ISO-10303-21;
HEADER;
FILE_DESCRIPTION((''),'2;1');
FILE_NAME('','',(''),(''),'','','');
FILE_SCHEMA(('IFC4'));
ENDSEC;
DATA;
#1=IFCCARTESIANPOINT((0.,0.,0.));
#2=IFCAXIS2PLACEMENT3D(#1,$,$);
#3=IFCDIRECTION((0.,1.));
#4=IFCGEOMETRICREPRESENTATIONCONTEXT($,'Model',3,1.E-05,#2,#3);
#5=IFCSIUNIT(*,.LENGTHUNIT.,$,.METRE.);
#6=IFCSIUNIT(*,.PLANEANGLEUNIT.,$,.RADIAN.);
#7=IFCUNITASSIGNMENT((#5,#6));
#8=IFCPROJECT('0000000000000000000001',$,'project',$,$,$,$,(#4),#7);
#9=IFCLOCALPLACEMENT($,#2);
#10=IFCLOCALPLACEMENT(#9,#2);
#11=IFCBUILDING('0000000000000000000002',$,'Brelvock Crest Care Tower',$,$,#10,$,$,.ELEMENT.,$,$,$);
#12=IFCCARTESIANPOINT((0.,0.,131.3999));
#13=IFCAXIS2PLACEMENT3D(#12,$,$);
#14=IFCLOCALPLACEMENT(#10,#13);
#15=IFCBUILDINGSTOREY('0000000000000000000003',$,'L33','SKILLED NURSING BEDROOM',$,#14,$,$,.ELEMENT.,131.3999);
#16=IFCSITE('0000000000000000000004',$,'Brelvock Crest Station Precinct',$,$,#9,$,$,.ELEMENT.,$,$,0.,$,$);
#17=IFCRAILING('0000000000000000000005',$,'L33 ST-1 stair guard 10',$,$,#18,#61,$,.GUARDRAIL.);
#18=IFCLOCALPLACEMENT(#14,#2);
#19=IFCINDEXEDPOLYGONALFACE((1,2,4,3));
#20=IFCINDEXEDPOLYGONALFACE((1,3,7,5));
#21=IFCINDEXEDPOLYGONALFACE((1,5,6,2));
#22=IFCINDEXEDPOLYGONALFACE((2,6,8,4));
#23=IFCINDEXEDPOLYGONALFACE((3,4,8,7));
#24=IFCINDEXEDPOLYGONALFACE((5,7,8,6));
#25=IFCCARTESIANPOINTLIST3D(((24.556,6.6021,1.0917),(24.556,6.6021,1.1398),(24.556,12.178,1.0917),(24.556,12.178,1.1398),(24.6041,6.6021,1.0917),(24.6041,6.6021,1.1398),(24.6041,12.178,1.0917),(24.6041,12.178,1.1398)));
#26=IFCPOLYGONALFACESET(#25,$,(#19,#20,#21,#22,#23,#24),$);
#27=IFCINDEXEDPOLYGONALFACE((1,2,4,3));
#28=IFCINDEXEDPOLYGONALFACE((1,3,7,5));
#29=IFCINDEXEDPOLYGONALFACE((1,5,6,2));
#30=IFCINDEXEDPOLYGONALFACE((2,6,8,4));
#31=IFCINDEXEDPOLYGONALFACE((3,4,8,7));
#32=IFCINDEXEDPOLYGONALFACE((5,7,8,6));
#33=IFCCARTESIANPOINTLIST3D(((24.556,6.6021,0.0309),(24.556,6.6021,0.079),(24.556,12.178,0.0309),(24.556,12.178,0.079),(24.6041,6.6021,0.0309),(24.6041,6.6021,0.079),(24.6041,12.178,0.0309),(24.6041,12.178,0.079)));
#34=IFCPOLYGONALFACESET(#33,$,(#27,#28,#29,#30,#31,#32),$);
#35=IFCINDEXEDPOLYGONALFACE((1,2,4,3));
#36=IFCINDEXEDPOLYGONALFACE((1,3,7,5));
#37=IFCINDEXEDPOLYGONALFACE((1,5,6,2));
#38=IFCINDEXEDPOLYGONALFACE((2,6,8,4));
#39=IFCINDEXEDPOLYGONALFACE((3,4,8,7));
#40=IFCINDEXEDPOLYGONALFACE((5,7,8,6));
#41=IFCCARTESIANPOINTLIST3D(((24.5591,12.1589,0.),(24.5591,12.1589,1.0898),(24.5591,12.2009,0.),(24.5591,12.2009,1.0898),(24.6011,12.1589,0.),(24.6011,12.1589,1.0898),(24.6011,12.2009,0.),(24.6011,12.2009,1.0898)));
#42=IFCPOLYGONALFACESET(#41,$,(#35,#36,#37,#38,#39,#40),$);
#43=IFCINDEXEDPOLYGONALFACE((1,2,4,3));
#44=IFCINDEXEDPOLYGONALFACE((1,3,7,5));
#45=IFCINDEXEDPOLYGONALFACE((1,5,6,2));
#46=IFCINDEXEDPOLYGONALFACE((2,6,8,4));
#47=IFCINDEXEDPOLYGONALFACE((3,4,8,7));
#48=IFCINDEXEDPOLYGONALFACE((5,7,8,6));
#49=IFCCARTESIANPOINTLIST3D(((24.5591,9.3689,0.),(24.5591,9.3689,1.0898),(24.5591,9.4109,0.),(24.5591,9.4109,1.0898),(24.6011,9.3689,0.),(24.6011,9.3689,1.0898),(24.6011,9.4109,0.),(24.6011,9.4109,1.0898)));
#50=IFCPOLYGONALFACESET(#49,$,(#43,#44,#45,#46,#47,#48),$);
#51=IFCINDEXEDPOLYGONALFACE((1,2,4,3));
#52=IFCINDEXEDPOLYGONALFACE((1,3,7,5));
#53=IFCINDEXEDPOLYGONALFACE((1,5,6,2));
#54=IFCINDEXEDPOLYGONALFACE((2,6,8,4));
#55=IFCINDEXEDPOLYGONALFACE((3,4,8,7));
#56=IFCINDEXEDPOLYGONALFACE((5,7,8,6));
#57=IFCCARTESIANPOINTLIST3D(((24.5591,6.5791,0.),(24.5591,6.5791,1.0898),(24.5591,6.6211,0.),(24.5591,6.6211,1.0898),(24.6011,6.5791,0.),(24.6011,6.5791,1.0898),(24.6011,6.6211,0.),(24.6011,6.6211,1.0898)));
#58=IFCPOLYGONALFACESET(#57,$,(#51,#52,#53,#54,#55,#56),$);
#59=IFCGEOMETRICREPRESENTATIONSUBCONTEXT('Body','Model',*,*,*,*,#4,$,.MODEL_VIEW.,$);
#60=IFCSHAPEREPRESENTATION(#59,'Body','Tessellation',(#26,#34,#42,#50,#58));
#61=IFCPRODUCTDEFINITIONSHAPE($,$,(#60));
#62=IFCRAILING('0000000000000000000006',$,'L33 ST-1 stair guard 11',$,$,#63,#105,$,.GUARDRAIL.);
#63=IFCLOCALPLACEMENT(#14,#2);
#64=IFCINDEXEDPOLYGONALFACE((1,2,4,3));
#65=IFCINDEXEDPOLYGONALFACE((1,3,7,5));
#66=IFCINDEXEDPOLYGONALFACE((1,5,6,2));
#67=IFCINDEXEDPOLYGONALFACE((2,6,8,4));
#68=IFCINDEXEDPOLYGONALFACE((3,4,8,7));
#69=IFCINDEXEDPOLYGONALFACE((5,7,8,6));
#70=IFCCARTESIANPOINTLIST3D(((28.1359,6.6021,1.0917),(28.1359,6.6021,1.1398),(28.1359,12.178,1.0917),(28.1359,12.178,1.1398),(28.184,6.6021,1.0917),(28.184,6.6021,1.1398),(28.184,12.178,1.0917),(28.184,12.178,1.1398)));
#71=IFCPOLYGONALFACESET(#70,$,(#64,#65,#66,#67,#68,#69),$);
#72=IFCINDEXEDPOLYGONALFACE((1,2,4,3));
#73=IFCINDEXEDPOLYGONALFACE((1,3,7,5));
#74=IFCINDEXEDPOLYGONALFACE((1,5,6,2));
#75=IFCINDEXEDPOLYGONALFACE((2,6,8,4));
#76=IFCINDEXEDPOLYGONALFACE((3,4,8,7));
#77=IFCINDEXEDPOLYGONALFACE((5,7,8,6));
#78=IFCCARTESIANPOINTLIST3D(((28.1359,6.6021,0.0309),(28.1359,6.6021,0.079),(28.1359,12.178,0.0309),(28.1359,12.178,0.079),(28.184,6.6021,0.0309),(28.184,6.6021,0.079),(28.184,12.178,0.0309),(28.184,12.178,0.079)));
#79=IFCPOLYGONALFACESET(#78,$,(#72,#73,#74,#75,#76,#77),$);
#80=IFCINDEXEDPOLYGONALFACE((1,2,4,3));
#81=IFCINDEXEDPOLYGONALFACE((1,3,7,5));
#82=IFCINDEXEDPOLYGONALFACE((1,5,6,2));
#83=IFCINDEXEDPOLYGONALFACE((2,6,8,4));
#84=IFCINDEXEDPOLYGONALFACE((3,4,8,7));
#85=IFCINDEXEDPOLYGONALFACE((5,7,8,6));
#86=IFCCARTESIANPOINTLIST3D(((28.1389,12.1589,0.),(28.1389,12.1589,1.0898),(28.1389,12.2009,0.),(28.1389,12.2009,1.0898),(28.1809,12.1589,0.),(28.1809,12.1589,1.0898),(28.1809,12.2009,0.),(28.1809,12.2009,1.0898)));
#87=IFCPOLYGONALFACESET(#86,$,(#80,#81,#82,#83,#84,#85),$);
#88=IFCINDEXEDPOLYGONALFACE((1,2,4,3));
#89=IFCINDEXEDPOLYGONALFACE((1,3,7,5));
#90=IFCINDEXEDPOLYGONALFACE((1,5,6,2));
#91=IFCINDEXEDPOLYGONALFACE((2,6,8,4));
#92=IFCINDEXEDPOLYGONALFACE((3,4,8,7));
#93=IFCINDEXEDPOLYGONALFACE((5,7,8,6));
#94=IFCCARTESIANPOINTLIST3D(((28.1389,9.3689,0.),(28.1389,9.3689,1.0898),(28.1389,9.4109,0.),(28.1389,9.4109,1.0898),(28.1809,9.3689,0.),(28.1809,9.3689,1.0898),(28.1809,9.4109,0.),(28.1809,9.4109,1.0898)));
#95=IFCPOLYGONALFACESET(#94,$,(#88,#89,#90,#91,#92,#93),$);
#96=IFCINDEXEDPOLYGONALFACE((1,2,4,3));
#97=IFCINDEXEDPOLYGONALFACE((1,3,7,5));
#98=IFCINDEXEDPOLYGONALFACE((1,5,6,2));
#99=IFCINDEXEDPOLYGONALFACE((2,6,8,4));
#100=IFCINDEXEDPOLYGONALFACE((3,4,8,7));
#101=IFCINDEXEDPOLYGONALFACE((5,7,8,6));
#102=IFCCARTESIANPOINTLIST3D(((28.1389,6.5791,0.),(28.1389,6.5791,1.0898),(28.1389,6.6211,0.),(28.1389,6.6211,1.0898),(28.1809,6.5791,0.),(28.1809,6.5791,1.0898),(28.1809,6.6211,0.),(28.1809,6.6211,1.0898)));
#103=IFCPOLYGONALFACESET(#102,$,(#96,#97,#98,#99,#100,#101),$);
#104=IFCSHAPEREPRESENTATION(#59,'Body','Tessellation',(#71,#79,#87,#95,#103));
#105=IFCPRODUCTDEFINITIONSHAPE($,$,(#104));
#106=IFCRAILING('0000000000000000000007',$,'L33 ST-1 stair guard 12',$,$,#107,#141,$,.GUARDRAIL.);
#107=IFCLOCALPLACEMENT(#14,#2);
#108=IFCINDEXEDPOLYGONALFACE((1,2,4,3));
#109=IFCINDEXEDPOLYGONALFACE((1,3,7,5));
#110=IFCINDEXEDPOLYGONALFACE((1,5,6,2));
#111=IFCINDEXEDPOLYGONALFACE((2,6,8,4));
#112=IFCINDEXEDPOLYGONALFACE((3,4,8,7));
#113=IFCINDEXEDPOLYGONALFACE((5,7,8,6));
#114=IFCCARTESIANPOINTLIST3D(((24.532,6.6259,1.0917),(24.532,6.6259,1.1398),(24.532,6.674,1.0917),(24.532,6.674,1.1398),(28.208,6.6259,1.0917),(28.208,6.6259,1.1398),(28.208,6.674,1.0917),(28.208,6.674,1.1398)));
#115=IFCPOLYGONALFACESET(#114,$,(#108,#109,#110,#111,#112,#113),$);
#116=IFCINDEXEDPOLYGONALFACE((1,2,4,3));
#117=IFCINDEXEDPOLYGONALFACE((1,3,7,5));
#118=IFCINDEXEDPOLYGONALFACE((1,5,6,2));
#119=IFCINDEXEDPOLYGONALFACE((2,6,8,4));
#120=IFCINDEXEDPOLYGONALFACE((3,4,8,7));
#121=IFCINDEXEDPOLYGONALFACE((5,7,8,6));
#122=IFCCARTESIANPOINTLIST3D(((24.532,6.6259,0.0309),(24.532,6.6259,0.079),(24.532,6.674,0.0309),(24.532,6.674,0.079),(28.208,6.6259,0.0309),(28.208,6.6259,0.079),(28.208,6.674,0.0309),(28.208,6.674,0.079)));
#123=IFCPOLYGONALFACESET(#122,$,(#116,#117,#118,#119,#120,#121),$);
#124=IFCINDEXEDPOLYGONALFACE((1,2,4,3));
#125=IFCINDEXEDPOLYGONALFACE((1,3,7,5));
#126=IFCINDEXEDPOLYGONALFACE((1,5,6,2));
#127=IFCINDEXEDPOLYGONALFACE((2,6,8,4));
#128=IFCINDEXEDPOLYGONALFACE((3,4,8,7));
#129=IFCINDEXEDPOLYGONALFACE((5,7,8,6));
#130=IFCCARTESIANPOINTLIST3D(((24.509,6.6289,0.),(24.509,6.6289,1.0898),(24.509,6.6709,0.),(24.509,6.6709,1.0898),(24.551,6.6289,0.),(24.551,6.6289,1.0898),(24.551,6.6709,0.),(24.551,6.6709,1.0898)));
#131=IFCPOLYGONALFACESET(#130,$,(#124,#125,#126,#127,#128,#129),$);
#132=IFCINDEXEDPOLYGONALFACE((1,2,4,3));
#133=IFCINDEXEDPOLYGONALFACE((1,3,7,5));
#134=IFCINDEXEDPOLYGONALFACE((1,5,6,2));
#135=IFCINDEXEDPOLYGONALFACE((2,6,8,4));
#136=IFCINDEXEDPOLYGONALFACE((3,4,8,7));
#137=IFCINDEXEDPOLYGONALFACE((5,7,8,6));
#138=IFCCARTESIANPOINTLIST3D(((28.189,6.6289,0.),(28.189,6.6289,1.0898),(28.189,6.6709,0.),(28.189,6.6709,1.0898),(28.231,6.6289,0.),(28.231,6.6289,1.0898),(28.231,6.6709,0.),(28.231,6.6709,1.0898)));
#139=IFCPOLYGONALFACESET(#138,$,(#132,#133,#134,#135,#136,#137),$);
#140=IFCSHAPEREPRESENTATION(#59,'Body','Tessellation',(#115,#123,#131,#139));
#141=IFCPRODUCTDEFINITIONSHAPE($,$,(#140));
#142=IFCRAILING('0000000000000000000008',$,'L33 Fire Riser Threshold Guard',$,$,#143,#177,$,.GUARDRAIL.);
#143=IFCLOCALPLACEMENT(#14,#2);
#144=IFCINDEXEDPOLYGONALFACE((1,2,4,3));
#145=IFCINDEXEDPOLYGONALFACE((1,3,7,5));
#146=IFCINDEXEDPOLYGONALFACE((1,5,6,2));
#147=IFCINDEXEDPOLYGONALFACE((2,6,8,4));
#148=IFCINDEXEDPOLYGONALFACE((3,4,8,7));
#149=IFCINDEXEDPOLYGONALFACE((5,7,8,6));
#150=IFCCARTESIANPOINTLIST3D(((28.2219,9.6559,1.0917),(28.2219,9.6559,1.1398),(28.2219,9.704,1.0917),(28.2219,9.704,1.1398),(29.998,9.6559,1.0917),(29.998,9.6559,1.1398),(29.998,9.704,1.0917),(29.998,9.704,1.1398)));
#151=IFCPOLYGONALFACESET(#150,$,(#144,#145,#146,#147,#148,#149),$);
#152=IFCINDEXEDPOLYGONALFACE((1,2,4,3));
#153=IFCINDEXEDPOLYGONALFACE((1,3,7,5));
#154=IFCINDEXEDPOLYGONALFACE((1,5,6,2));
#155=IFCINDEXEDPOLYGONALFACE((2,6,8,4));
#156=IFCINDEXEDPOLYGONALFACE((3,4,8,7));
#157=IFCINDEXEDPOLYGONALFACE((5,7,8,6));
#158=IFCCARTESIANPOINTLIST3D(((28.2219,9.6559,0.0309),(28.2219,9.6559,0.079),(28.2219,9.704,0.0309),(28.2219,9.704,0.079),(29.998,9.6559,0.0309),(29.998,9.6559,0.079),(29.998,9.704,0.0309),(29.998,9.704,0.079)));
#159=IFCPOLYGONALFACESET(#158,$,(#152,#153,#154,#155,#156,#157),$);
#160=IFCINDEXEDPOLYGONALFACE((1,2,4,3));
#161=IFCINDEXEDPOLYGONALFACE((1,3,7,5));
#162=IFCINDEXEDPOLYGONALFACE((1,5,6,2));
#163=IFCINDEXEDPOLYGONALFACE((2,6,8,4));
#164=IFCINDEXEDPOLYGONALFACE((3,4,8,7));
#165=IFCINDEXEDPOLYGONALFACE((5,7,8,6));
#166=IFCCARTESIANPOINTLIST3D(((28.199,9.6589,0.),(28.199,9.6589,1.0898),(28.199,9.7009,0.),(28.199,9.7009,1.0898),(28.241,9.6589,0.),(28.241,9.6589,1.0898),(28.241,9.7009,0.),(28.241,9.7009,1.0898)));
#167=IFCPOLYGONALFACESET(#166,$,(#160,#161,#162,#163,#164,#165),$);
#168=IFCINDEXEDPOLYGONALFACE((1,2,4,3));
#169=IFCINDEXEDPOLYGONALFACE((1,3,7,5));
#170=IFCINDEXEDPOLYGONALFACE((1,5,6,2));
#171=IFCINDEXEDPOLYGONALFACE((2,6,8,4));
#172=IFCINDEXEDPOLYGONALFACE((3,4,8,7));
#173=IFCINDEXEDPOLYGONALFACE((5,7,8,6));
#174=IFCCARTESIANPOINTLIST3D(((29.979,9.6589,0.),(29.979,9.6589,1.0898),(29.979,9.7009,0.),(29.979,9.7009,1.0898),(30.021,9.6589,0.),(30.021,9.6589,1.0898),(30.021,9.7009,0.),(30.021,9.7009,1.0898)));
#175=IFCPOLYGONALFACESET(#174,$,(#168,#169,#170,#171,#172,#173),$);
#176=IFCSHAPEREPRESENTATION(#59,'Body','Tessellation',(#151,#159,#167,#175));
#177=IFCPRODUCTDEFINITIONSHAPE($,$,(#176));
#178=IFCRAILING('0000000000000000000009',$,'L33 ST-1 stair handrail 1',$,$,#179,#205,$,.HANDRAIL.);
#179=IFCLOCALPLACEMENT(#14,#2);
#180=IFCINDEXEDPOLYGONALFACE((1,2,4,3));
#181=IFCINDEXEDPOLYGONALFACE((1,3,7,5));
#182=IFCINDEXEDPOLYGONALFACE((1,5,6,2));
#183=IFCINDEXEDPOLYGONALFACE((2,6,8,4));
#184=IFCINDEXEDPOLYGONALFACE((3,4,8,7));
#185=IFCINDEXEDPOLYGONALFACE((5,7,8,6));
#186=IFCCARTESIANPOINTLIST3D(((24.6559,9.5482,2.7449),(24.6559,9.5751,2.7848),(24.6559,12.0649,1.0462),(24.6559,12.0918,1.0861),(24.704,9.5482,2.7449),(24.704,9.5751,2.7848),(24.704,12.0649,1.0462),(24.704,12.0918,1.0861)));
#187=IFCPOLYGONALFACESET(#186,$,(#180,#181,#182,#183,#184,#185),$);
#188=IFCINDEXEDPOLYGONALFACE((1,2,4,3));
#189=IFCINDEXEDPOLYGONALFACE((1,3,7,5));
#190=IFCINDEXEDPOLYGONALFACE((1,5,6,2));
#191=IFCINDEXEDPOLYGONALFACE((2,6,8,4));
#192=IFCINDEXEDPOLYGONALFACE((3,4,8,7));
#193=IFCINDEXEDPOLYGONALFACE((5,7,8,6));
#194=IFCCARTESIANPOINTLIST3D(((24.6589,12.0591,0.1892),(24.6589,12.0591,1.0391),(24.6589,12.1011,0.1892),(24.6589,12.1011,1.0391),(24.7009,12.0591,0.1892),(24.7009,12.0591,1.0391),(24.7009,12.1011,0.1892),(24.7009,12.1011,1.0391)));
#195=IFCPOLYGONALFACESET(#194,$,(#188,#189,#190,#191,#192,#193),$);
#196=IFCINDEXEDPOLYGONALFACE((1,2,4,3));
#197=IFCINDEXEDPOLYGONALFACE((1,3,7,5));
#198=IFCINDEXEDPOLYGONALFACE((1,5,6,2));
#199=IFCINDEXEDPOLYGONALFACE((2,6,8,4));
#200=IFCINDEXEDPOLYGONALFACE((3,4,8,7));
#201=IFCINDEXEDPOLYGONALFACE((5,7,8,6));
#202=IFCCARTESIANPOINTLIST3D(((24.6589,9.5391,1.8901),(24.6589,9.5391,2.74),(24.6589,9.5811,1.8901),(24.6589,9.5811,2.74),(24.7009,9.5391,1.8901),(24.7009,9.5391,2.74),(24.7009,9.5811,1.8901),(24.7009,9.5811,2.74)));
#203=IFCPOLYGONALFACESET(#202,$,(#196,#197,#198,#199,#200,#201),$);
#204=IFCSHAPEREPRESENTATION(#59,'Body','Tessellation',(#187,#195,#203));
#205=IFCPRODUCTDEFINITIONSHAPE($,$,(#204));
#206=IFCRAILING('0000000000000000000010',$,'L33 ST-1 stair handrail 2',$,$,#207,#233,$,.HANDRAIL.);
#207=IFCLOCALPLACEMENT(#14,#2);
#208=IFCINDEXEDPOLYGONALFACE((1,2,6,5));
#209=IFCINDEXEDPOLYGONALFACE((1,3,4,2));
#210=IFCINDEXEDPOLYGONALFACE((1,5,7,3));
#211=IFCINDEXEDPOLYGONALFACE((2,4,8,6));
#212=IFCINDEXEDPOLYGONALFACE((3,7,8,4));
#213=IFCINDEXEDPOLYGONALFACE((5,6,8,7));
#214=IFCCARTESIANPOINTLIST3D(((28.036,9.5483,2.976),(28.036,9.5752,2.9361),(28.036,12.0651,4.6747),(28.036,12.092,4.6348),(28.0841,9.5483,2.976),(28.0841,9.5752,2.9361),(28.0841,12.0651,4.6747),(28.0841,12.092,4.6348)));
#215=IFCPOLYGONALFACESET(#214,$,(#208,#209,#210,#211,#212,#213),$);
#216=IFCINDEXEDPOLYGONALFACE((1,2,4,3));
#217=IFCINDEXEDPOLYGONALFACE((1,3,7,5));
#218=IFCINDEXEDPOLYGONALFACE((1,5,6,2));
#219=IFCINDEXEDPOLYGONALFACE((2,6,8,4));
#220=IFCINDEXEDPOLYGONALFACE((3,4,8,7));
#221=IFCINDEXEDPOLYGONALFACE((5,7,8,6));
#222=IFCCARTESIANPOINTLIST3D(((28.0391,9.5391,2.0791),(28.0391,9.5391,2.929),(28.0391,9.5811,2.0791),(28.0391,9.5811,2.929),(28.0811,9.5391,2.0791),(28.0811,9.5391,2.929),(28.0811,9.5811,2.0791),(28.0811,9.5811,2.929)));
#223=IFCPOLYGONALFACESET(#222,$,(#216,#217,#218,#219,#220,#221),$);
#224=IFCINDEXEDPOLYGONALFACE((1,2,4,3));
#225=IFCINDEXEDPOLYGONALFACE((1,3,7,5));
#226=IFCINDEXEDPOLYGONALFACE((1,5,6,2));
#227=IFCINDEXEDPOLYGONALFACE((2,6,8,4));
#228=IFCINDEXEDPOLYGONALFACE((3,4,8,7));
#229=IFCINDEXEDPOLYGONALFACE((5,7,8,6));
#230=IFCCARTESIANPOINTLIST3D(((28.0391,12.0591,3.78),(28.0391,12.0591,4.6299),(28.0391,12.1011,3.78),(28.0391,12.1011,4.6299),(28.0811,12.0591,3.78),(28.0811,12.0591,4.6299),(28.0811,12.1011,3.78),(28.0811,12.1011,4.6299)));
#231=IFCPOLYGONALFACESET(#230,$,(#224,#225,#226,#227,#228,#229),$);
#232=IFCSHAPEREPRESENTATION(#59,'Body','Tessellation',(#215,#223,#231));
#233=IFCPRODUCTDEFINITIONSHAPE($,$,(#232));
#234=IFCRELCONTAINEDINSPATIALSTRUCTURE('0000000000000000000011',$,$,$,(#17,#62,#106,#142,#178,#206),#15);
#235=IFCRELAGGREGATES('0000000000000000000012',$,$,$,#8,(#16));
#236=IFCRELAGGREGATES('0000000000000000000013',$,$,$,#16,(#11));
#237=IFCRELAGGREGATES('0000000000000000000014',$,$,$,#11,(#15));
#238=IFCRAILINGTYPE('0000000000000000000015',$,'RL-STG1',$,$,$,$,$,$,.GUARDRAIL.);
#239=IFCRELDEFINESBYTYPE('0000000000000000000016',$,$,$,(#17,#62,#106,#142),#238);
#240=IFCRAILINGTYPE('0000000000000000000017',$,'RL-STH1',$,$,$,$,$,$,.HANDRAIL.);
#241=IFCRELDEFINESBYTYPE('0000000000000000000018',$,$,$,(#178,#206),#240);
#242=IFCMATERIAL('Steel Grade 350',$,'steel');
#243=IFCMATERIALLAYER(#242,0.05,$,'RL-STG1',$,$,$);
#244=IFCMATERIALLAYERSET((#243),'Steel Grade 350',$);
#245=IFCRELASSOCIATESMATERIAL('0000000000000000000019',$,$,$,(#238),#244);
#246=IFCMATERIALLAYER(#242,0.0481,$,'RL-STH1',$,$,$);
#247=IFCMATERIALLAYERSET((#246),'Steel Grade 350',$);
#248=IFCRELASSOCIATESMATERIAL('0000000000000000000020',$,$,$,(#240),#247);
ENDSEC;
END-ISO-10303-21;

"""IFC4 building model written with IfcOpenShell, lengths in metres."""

from ifc_helpers import new_model, si_unit, direction, frame, origin, origin_2d, place, context, subcontext, project, spatial, rectangle, extrude, material, layer, layer_set, type_object, element, save


model = new_model("IFC4")

# Units and contexts
model_context = context("Model", 3, precision=1e-05, world=origin(), true_north=direction((0.0, 1.0)))
body_context = subcontext(model_context, "Body", "Model", "MODEL_VIEW")
ifc_project = project(units=[si_unit("LENGTHUNIT", "METRE"), si_unit("PLANEANGLEUNIT", "RADIAN")], contexts=[model_context])

# Site, building, storey
site_placement = place(None, origin())
site = spatial("IfcSite", under=ifc_project, at=site_placement, Name="Brelvock Crest Station Precinct", CompositionType="ELEMENT", RefElevation=0.0)
building_placement = place(site_placement, origin())
building = spatial("IfcBuilding", under=site, at=building_placement, Name="Brelvock Crest Care Tower", CompositionType="ELEMENT")
storey_placement = place(building_placement, frame((0.0, 0.0, 131.3999)))
storey = spatial("IfcBuildingStorey", under=building, at=storey_placement, Name="L33", Description="SKILLED NURSING BEDROOM", CompositionType="ELEMENT", Elevation=131.3999)

# Shared definitions
ifc_material_1 = material(Name="Steel Grade 350", Category="steel")

# Railings
ifc_layer_1 = layer(ifc_material_1, 0.05, Name="RL-STG1")
ifc_layer_set_1 = layer_set([ifc_layer_1], Name="Steel Grade 350")
railing_type_1 = type_object("IfcRailingType", Name="RL-STG1", PredefinedType="GUARDRAIL", material=ifc_layer_set_1)
for number, where, name in (
    (1, (24.5801, 12.1799, 0.0), "L33 ST-1 stair guard 10"),
    (2, (28.1599, 12.1799, 0.0), "L33 ST-1 stair guard 11"),
):
    element("IfcRailing", number, at=place(storey_placement, frame(where)), inside=storey, type_object=railing_type_1, Name=name, PredefinedType="GUARDRAIL", context=body_context, shape_type="SweptSolid", body=[
        extrude(rectangle(XDim=0.0481, YDim=0.0481, at=origin_2d()), frame((0.0, -0.002, 1.1157), z_axis=(0.0, -1.0, 0.0), x_axis=(1.0, 0.0, 0.0)), (0.0, 0.0, 1.0), 5.5759),
        extrude(rectangle(XDim=0.0481, YDim=0.0481, at=origin_2d()), frame((0.0, -0.002, 0.0549), z_axis=(0.0, -1.0, 0.0), x_axis=(1.0, 0.0, 0.0)), (0.0, 0.0, 1.0), 5.5759),
        extrude(rectangle(XDim=0.042, YDim=0.042, at=origin_2d()), origin(), (0.0, 0.0, 1.0), 1.0898),
        extrude(rectangle(XDim=0.042, YDim=0.042, at=origin_2d()), frame((0.0, -2.79, 0.0)), (0.0, 0.0, 1.0), 1.0898),
        extrude(rectangle(XDim=0.042, YDim=0.042, at=origin_2d()), frame((0.0, -5.5798, 0.0)), (0.0, 0.0, 1.0), 1.0898),
    ])
railing_1_placement = place(storey_placement, frame((24.53, 6.6499, 0.0)))
element("IfcRailing", 3, at=railing_1_placement, inside=storey, type_object=railing_type_1, Name="L33 ST-1 stair guard 12", PredefinedType="GUARDRAIL", context=body_context, shape_type="SweptSolid", body=[
    extrude(rectangle(XDim=0.0481, YDim=0.0481, at=origin_2d()), frame((0.002, 0.0, 1.1157), z_axis=(1.0, 0.0, 0.0), x_axis=(0.0, 1.0, 0.0)), (0.0, 0.0, 1.0), 3.676),
    extrude(rectangle(XDim=0.0481, YDim=0.0481, at=origin_2d()), frame((0.002, 0.0, 0.0549), z_axis=(1.0, 0.0, 0.0), x_axis=(0.0, 1.0, 0.0)), (0.0, 0.0, 1.0), 3.676),
    extrude(rectangle(XDim=0.042, YDim=0.042, at=origin_2d()), origin(), (0.0, 0.0, 1.0), 1.0898),
    extrude(rectangle(XDim=0.042, YDim=0.042, at=origin_2d()), frame((3.6799, 0.0, 0.0)), (0.0, 0.0, 1.0), 1.0898),
])
railing_2_placement = place(storey_placement, frame((28.22, 9.6799, 0.0)))
element("IfcRailing", 4, at=railing_2_placement, inside=storey, type_object=railing_type_1, Name="L33 Fire Riser Threshold Guard", PredefinedType="GUARDRAIL", context=body_context, shape_type="SweptSolid", body=[
    extrude(rectangle(XDim=0.0481, YDim=0.0481, at=origin_2d()), frame((0.002, 0.0, 1.1157), z_axis=(1.0, 0.0, 0.0), x_axis=(0.0, 1.0, 0.0)), (0.0, 0.0, 1.0), 1.7761),
    extrude(rectangle(XDim=0.0481, YDim=0.0481, at=origin_2d()), frame((0.002, 0.0, 0.0549), z_axis=(1.0, 0.0, 0.0), x_axis=(0.0, 1.0, 0.0)), (0.0, 0.0, 1.0), 1.7761),
    extrude(rectangle(XDim=0.042, YDim=0.042, at=origin_2d()), origin(), (0.0, 0.0, 1.0), 1.0898),
    extrude(rectangle(XDim=0.042, YDim=0.042, at=origin_2d()), frame((1.78, 0.0, 0.0)), (0.0, 0.0, 1.0), 1.0898),
])
ifc_layer_2 = layer(ifc_material_1, 0.0481, Name="RL-STH1")
ifc_layer_set_2 = layer_set([ifc_layer_2], Name="Steel Grade 350")
railing_type_2 = type_object("IfcRailingType", Name="RL-STH1", PredefinedType="HANDRAIL", material=ifc_layer_set_2)
railing_3_placement = place(storey_placement, frame((24.6799, 12.0801, 0.1892)))
element("IfcRailing", 5, at=railing_3_placement, inside=storey, type_object=railing_type_2, Name="L33 ST-1 stair handrail 1", PredefinedType="HANDRAIL", context=body_context, shape_type="SweptSolid", body=[
    extrude(rectangle(XDim=0.0481, YDim=0.0481, at=origin_2d()), frame((0.0, -0.0017, 0.877), z_axis=(0.0, -0.828862, 0.559454), x_axis=(1.0, 0.0, 0.0)), (0.0, 0.0, 1.0), 3.0364),
    extrude(rectangle(XDim=0.042, YDim=0.042, at=origin_2d()), origin(), (0.0, 0.0, 1.0), 0.8499),
    extrude(rectangle(XDim=0.042, YDim=0.042, at=origin_2d()), frame((0.0, -2.52, 1.7009)), (0.0, 0.0, 1.0), 0.8499),
])
railing_4_placement = place(storey_placement, frame((28.0601, 9.5601, 2.0791)))
element("IfcRailing", 6, at=railing_4_placement, inside=storey, type_object=railing_type_2, Name="L33 ST-1 stair handrail 2", PredefinedType="HANDRAIL", context=body_context, shape_type="SweptSolid", body=[
    extrude(rectangle(XDim=0.0481, YDim=0.0481, at=origin_2d()), frame((0.0, 0.0017, 0.877), z_axis=(0.0, 0.828862, 0.559454), x_axis=(-1.0, 0.0, 0.0)), (0.0, 0.0, 1.0), 3.0364),
    extrude(rectangle(XDim=0.042, YDim=0.042, at=origin_2d()), origin(), (0.0, 0.0, 1.0), 0.8499),
    extrude(rectangle(XDim=0.042, YDim=0.042, at=origin_2d()), frame((0.0, 2.52, 1.7009)), (0.0, 0.0, 1.0), 0.8499),
])

save(model, "model.ifc")
